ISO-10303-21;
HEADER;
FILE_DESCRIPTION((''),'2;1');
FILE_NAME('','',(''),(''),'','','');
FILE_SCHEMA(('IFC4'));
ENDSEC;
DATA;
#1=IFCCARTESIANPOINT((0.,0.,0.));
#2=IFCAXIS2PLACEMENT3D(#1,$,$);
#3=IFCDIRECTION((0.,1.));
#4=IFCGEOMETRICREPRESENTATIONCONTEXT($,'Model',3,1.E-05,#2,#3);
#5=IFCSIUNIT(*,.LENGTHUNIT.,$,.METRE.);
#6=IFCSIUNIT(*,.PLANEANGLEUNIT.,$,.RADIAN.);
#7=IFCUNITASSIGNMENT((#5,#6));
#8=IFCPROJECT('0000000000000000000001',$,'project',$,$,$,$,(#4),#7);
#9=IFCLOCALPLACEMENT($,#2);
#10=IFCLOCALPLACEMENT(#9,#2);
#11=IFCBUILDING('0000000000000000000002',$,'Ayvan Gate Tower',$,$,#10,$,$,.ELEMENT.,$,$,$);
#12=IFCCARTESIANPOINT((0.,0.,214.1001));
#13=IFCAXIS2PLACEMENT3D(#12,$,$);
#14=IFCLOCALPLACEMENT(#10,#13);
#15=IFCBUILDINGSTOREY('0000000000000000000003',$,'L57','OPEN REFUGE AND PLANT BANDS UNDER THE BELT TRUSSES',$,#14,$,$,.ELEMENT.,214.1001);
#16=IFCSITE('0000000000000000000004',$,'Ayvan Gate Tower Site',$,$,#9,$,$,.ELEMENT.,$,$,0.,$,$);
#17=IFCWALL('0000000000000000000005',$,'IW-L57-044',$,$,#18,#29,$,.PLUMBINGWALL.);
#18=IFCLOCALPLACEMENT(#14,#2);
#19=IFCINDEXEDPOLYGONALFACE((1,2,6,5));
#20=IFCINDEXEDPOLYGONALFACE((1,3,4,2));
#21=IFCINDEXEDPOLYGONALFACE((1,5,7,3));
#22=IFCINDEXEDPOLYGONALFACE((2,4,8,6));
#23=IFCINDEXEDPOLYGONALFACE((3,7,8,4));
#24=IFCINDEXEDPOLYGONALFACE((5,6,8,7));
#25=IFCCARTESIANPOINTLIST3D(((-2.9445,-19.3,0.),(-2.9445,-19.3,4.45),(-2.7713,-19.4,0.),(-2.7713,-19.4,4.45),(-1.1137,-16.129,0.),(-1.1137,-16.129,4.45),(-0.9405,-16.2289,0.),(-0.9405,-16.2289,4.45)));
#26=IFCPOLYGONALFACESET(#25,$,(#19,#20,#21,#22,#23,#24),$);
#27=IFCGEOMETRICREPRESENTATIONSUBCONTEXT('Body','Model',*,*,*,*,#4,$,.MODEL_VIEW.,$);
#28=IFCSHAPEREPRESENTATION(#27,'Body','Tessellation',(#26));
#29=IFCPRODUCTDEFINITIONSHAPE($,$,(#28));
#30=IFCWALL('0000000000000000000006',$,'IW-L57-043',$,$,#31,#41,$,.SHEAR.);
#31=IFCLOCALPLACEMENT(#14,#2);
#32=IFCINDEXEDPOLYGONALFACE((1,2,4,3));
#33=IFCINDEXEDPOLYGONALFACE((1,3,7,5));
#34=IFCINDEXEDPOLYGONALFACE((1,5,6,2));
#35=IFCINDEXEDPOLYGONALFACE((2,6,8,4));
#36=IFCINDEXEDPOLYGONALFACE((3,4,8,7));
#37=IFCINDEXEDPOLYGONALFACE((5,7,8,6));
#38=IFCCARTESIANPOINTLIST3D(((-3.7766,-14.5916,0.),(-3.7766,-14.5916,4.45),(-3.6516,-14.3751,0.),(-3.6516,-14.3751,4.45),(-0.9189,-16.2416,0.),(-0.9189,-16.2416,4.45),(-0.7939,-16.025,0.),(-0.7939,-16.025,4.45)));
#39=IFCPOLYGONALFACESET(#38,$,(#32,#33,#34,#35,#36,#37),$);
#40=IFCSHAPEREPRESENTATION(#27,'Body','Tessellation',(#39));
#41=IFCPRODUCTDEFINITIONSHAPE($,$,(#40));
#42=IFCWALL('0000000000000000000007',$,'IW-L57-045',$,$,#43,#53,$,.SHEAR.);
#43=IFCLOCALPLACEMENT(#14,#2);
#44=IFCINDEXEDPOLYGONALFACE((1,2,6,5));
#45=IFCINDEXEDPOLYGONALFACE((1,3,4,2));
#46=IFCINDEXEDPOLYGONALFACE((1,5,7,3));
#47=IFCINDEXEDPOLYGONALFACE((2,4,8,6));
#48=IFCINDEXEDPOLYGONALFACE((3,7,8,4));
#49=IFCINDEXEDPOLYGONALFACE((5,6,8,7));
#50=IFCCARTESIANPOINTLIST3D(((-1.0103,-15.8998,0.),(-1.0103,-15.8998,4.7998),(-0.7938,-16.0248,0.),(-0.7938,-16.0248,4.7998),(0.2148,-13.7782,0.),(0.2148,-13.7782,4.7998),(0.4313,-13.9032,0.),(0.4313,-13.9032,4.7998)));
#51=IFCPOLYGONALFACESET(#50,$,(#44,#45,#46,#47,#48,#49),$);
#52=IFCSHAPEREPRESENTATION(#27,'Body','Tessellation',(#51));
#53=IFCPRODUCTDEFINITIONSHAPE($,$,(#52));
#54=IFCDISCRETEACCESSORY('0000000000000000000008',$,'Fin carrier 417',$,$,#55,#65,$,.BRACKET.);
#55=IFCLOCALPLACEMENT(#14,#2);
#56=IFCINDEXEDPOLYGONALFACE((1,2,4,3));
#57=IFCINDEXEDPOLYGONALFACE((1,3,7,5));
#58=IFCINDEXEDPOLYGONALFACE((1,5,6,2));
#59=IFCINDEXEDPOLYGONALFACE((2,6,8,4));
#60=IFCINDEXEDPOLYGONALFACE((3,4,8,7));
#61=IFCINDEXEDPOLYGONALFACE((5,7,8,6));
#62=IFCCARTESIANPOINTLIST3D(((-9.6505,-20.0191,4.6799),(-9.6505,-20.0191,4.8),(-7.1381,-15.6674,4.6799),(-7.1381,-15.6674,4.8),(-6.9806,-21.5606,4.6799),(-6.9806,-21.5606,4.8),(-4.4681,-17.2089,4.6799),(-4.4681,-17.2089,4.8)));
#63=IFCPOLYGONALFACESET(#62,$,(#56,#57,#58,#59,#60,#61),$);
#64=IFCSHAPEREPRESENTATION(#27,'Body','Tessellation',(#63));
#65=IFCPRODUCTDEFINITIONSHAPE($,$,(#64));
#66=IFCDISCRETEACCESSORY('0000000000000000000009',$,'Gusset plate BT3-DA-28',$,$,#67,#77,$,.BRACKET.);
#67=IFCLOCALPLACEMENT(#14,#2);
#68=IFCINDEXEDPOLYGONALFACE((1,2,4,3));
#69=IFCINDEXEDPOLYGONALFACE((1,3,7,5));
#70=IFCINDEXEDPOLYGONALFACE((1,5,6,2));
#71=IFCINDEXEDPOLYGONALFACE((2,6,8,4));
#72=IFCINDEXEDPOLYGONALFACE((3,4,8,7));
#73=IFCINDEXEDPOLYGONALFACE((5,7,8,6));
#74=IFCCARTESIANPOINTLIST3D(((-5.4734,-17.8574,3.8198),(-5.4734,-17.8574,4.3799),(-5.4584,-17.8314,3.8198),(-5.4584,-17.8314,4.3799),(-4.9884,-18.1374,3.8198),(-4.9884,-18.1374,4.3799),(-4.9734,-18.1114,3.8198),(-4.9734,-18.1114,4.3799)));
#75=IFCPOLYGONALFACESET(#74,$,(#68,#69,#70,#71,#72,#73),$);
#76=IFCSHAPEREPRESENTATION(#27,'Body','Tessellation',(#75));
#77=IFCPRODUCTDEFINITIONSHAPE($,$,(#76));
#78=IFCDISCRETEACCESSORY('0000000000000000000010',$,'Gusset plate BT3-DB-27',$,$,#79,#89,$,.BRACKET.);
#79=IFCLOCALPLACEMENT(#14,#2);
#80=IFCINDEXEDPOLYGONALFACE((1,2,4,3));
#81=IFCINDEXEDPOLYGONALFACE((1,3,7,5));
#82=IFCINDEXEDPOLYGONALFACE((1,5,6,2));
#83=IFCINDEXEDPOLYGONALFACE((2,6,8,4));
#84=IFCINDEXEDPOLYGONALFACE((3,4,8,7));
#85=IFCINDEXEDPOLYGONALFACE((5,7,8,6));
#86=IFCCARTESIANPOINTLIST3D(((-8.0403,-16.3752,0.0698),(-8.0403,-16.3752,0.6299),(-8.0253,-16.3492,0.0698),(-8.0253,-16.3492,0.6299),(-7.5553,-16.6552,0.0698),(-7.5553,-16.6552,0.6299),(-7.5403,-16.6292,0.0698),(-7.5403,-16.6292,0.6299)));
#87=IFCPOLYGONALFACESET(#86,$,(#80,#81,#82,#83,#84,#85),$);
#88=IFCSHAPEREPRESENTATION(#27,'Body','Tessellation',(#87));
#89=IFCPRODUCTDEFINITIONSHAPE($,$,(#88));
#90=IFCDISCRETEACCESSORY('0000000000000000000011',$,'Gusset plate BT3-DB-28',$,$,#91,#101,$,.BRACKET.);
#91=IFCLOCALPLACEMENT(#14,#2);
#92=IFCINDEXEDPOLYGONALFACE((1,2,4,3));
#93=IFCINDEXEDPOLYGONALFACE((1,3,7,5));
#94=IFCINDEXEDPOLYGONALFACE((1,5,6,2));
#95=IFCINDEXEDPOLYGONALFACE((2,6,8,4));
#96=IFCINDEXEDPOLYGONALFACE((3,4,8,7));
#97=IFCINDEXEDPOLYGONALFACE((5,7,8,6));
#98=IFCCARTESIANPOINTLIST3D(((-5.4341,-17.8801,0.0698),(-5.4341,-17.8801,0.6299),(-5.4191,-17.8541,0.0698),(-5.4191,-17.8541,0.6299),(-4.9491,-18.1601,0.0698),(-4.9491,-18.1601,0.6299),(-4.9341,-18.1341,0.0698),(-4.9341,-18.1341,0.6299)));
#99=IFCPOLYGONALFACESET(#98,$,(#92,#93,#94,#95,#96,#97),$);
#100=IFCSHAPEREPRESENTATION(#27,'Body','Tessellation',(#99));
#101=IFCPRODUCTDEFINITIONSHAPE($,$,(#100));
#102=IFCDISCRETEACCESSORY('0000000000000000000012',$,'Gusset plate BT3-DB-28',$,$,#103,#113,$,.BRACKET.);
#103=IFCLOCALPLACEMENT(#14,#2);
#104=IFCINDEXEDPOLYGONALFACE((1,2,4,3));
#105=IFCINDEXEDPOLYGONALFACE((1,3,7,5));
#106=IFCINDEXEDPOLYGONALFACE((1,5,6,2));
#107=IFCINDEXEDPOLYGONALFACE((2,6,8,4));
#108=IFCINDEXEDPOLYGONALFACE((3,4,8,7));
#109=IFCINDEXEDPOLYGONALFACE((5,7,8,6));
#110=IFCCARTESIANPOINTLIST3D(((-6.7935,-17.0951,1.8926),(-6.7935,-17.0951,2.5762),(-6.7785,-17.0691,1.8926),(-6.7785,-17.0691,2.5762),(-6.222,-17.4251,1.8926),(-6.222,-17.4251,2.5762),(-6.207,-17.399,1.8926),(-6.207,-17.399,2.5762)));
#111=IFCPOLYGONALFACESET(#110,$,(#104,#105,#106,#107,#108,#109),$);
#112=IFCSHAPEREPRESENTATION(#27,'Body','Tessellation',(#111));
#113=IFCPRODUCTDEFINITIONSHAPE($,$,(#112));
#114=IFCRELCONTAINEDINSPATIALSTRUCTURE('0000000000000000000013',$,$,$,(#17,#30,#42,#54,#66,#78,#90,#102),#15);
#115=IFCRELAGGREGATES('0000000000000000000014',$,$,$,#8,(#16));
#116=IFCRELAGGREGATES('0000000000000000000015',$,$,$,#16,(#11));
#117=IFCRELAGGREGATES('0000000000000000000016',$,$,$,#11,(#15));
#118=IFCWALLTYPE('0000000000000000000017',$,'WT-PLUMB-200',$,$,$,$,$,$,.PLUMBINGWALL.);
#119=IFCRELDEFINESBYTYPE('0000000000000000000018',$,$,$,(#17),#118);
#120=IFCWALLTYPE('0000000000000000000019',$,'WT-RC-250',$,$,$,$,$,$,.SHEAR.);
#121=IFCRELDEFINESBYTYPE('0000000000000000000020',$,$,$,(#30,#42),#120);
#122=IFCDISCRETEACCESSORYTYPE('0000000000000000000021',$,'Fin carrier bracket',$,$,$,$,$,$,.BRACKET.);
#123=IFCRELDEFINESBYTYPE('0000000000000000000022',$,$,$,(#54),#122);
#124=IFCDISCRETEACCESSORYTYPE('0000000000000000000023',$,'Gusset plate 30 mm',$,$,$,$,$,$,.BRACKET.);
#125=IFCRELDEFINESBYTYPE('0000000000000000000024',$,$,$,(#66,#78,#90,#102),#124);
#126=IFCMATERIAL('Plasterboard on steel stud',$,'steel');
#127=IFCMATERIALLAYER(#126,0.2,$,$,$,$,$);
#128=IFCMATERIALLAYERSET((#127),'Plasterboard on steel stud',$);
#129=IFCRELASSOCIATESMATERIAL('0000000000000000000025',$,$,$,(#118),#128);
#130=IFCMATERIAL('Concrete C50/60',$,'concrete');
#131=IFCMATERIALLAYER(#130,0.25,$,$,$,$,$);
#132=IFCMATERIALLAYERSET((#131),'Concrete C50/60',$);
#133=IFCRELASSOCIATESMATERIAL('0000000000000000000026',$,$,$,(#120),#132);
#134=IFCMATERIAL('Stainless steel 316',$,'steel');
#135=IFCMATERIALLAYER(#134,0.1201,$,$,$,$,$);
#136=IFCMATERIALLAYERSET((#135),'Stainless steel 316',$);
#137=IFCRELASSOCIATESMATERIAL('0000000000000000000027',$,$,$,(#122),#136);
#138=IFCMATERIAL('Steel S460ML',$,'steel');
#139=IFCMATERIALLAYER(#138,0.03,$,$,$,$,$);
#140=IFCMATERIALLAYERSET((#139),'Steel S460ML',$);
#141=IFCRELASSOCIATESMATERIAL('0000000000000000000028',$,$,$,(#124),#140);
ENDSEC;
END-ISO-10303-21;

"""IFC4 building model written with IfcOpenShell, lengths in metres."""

from ifc_helpers import new_model, si_unit, direction, frame, frame_2d, origin, origin_2d, place, context, subcontext, project, spatial, rectangle, extrude, material, layer, layer_set, type_object, element, save


model = new_model("IFC4")

# Units and contexts
model_context = context("Model", 3, precision=1e-05, world=origin(), true_north=direction((0.0, 1.0)))
body_context = subcontext(model_context, "Body", "Model", "MODEL_VIEW")
ifc_project = project(units=[si_unit("LENGTHUNIT", "METRE"), si_unit("PLANEANGLEUNIT", "RADIAN")], contexts=[model_context])

# Site, building, storey
site_placement = place(None, origin())
site = spatial("IfcSite", under=ifc_project, at=site_placement, Name="Ayvan Gate Tower Site", CompositionType="ELEMENT", RefElevation=0.0)
building_placement = place(site_placement, origin())
building = spatial("IfcBuilding", under=site, at=building_placement, Name="Ayvan Gate Tower", CompositionType="ELEMENT")
storey_placement = place(building_placement, frame((0.0, 0.0, 214.1001)))
storey = spatial("IfcBuildingStorey", under=building, at=storey_placement, Name="L57", Description="OPEN REFUGE AND PLANT BANDS UNDER THE BELT TRUSSES", CompositionType="ELEMENT", Elevation=214.1001)

# Shared definitions
ifc_material_1 = material(Name="Steel S460ML", Category="steel")

# Walls
ifc_material_2 = material(Name="Plasterboard on steel stud", Category="steel")
ifc_layer_1 = layer(ifc_material_2, 0.2)
ifc_layer_set_1 = layer_set([ifc_layer_1], Name="Plasterboard on steel stud")
wall_type_1 = type_object("IfcWallType", Name="WT-PLUMB-200", PredefinedType="PLUMBINGWALL", material=ifc_layer_set_1)
wall_1_placement = place(storey_placement, frame((-1.0271, -16.179, 0.0), z_axis=(0.0, 0.0, 1.0), x_axis=(-0.49999, -0.866031, 0.0)))
element("IfcWall", 1, at=wall_1_placement, inside=storey, type_object=wall_type_1, Name="IW-L57-044", PredefinedType="PLUMBINGWALL", context=body_context, shape_type="SweptSolid", body=[
    extrude(rectangle(XDim=3.6616, YDim=0.2, at=frame_2d((1.8308, 0.0))), origin(), (0.0, 0.0, 1.0), 4.45),
])
ifc_material_3 = material(Name="Concrete C50/60", Category="concrete")
ifc_layer_2 = layer(ifc_material_3, 0.25)
ifc_layer_set_2 = layer_set([ifc_layer_2], Name="Concrete C50/60")
wall_type_2 = type_object("IfcWallType", Name="WT-RC-250", PredefinedType="SHEAR", material=ifc_layer_set_2)
wall_2_placement = place(storey_placement, frame((-0.8564, -16.1333, 0.0), z_axis=(0.0, 0.0, 1.0), x_axis=(-0.866022, 0.500006, 0.0)))
element("IfcWall", 2, at=wall_2_placement, inside=storey, type_object=wall_type_2, Name="IW-L57-043", PredefinedType="SHEAR", context=body_context, shape_type="SweptSolid", body=[
    extrude(rectangle(XDim=3.2998, YDim=0.25, at=frame_2d((1.6499, 0.0))), origin(), (0.0, 0.0, 1.0), 4.45),
])
wall_3_placement = place(storey_placement, frame((-0.9021, -15.9624, 0.0), z_axis=(0.0, 0.0, 1.0), x_axis=(0.500062, 0.86599, 0.0)))
element("IfcWall", 3, at=wall_3_placement, inside=storey, type_object=wall_type_2, Name="IW-L57-045", PredefinedType="SHEAR", context=body_context, shape_type="SweptSolid", body=[
    extrude(rectangle(XDim=2.45, YDim=0.25, at=frame_2d((1.2251, 0.0))), origin(), (0.0, 0.0, 1.0), 4.7998),
])

# Discrete accessories
ifc_material_4 = material(Name="Stainless steel 316", Category="steel")
ifc_layer_3 = layer(ifc_material_4, 0.1201)
ifc_layer_set_3 = layer_set([ifc_layer_3], Name="Stainless steel 316")
discrete_accessory_type_1 = type_object("IfcDiscreteAccessoryType", Name="Fin carrier bracket", PredefinedType="BRACKET", material=ifc_layer_set_3)
discrete_accessory_1_placement = place(storey_placement, frame((-7.0593, -18.614, 4.6799), z_axis=(0.0, 0.0, 1.0), x_axis=(0.866025, -0.5, 0.0)))
element("IfcDiscreteAccessory", 4, at=discrete_accessory_1_placement, inside=storey, type_object=discrete_accessory_type_1, Name="Fin carrier 417", PredefinedType="BRACKET", context=body_context, shape_type="SweptSolid", body=[
    extrude(rectangle(XDim=3.083, YDim=5.0249, at=origin_2d()), origin(), (0.0, 0.0, 1.0), 0.1201),
])
ifc_layer_4 = layer(ifc_material_1, 0.03)
ifc_layer_set_4 = layer_set([ifc_layer_4], Name="Steel S460ML")
discrete_accessory_type_2 = type_object("IfcDiscreteAccessoryType", Name="Gusset plate 30 mm", PredefinedType="BRACKET", material=ifc_layer_set_4)
for number, where, z_axis, x_axis, name in (
    (5, (-5.2234, -17.9844, 3.8198), (0.0, 0.0, 1.0), (-0.866025, 0.5, 0.0), "Gusset plate BT3-DA-28"),
    (6, (-7.7903, -16.5022, 0.0698), (0.0, 0.0, 1.0), (-0.866025, 0.5, 0.0), "Gusset plate BT3-DB-27"),
    (7, (-5.1841, -18.0071, 0.0698), (0.0, 0.0, 1.0), (-0.866025, 0.5, 0.0), "Gusset plate BT3-DB-28"),
):
    element("IfcDiscreteAccessory", number, at=place(storey_placement, frame(where, z_axis=z_axis, x_axis=x_axis)), inside=storey, type_object=discrete_accessory_type_2, Name=name, PredefinedType="BRACKET", context=body_context, shape_type="SweptSolid", body=[
        extrude(rectangle(XDim=0.5601, YDim=0.03, at=origin_2d()), origin(), (0.0, 0.0, 1.0), 0.5601),
    ])
discrete_accessory_2_placement = place(storey_placement, frame((-6.5002, -17.2471, 1.8926), z_axis=(0.0, 0.0, 1.0), x_axis=(-0.866025, 0.5, 0.0)))
element("IfcDiscreteAccessory", 8, at=discrete_accessory_2_placement, inside=storey, type_object=discrete_accessory_type_2, Name="Gusset plate BT3-DB-28", PredefinedType="BRACKET", context=body_context, shape_type="SweptSolid", body=[
    extrude(rectangle(XDim=0.6599, YDim=0.03, at=origin_2d()), origin(), (0.0, 0.0, 1.0), 0.6836),
])

save(model, "model.ifc")
